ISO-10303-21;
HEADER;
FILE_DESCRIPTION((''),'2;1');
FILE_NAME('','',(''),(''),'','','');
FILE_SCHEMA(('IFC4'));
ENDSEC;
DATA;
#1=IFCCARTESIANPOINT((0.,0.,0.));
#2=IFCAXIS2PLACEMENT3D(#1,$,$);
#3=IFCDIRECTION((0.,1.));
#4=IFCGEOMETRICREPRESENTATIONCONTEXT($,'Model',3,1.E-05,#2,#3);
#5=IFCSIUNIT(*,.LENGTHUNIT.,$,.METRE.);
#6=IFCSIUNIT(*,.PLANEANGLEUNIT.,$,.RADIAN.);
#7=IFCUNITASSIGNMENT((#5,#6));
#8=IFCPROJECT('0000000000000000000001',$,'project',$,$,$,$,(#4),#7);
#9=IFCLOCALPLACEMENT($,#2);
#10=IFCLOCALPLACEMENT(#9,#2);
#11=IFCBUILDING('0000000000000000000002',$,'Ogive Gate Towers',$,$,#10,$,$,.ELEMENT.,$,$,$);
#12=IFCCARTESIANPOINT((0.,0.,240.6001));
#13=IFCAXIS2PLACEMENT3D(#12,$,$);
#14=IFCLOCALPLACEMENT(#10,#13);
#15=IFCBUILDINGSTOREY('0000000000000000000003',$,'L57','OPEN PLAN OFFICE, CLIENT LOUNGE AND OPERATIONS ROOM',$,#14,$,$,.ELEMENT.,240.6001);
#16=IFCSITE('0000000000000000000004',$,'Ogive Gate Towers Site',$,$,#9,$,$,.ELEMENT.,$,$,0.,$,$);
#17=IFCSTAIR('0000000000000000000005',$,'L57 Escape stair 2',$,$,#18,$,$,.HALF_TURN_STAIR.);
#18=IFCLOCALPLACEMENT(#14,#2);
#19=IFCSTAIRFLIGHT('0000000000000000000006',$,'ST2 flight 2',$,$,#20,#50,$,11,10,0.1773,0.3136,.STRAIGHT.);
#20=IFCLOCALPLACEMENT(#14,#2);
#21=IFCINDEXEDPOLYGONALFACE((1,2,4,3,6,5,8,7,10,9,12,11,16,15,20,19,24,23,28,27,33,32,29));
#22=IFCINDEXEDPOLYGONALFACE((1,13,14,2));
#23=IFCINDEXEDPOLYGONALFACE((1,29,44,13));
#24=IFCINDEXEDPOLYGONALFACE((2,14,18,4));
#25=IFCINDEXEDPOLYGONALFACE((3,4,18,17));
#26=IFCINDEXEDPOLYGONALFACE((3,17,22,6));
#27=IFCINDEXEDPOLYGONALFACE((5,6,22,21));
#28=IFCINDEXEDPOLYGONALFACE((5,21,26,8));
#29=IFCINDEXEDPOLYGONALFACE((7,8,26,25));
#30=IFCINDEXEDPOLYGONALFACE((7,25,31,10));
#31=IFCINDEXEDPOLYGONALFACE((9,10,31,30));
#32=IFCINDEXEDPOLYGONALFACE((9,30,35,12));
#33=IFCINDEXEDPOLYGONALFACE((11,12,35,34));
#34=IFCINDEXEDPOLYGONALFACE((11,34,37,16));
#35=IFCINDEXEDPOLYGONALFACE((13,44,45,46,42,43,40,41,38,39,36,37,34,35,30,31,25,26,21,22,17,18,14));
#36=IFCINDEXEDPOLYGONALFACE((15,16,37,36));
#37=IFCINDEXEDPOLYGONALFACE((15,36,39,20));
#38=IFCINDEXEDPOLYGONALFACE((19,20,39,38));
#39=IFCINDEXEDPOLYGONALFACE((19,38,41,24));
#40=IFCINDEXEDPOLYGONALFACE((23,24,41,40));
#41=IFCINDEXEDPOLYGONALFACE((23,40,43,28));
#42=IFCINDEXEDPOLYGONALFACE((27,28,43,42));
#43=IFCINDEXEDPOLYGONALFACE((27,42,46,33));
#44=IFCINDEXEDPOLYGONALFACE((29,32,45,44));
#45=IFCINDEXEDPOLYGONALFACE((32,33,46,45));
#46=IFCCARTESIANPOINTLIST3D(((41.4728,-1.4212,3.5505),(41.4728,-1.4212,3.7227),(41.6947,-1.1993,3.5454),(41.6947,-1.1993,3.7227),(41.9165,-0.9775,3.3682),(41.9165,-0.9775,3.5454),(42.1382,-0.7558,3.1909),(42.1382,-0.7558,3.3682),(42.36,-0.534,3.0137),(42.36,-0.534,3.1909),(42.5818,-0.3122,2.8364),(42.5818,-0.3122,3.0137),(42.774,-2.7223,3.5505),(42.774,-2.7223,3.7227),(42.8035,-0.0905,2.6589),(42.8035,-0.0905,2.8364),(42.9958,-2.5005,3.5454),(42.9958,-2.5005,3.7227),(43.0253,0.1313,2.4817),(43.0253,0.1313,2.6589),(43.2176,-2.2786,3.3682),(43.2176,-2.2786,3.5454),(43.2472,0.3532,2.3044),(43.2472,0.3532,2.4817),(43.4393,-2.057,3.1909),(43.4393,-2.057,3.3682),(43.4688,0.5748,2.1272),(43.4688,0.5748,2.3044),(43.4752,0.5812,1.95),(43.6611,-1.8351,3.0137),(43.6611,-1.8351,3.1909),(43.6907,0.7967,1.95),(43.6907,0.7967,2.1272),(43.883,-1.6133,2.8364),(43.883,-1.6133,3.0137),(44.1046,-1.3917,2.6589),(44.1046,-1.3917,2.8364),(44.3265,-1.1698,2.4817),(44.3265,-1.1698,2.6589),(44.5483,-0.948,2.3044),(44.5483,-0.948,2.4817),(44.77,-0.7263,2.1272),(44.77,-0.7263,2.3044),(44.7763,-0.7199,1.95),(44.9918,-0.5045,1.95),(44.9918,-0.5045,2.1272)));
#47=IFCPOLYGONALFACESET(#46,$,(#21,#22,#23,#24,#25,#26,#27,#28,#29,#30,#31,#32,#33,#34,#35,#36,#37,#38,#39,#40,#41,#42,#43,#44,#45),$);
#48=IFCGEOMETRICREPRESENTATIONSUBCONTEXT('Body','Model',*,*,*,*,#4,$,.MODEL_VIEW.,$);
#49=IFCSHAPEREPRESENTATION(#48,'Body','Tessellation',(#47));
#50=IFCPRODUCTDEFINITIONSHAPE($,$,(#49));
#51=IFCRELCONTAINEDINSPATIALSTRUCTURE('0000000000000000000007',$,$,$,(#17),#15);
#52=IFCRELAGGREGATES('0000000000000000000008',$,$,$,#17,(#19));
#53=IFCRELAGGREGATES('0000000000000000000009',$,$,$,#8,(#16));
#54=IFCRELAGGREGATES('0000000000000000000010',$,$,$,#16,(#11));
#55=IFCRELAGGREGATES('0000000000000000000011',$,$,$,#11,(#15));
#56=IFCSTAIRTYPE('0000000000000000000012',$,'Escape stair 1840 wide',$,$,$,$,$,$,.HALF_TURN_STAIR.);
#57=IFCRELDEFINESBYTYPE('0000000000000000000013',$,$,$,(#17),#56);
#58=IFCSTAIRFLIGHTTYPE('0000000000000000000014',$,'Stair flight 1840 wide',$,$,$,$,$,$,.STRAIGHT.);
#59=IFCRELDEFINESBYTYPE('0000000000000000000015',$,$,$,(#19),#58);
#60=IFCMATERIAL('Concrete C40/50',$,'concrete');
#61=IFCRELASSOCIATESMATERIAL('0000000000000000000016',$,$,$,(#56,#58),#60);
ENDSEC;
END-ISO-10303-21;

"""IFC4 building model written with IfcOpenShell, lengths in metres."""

from ifc_helpers import new_model, si_unit, direction, frame, origin, place, context, subcontext, project, spatial, polyline, outline, extrude, material, type_object, element, aggregate, save


model = new_model("IFC4")

# Units and contexts
model_context = context("Model", 3, precision=1e-05, world=origin(), true_north=direction((0.0, 1.0)))
body_context = subcontext(model_context, "Body", "Model", "MODEL_VIEW")
ifc_project = project(units=[si_unit("LENGTHUNIT", "METRE"), si_unit("PLANEANGLEUNIT", "RADIAN")], contexts=[model_context])

# Site, building, storey
site_placement = place(None, origin())
site = spatial("IfcSite", under=ifc_project, at=site_placement, Name="Ogive Gate Towers Site", CompositionType="ELEMENT", RefElevation=0.0)
building_placement = place(site_placement, origin())
building = spatial("IfcBuilding", under=site, at=building_placement, Name="Ogive Gate Towers", CompositionType="ELEMENT")
storey_placement = place(building_placement, frame((0.0, 0.0, 240.6001)))
storey = spatial("IfcBuildingStorey", under=building, at=storey_placement, Name="L57", Description="OPEN PLAN OFFICE, CLIENT LOUNGE AND OPERATIONS ROOM", CompositionType="ELEMENT", Elevation=240.6001)

# Shared definitions
ifc_material_1 = material(Name="Concrete C40/50", Category="concrete")

# Stair, stair flight
stair_type = type_object("IfcStairType", Name="Escape stair 1840 wide", PredefinedType="HALF_TURN_STAIR", material=ifc_material_1)
stair_placement = place(storey_placement, origin())
stair = element("IfcStair", 1, at=stair_placement, inside=storey, type_object=stair_type, Name="L57 Escape stair 2", PredefinedType="HALF_TURN_STAIR")
stair_flight_type = type_object("IfcStairFlightType", Name="Stair flight 1840 wide", PredefinedType="STRAIGHT", material=ifc_material_1)
stair_flight_placement = place(storey_placement, frame((44.3413, 0.146, 1.95), z_axis=(0.0, 0.0, 1.0), x_axis=(-0.707107, -0.707107, 0.0)))
stair_flight = element("IfcStairFlight", 2, at=stair_flight_placement, type_object=stair_flight_type, Name="ST2 flight 2", NumberOfRisers=11, NumberOfTreads=10, PredefinedType="STRAIGHT", RiserHeight=0.1773, TreadLength=0.3136, context=body_context, shape_type="SweptSolid", body=[
    extrude(outline(polyline([(0.0, 0.0), (0.0, 0.1772), (0.3137, 0.1772), (0.3137, 0.3545), (0.6272, 0.3545), (0.6272, 0.5317), (0.9409, 0.5317), (0.9409, 0.709), (1.2546, 0.709), (1.2546, 0.8865), (1.5681, 0.8865), (1.5681, 1.0637), (1.8818, 1.0637), (1.8818, 1.241), (2.1956, 1.241), (2.1956, 1.4182), (2.509, 1.4182), (2.509, 1.5955), (2.8228, 1.5955), (2.8228, 1.7727), (3.1365, 1.7727), (3.1365, 1.95), (3.1365, 1.6006), (0.3047, 0.0), (0.0, 0.0)])), frame((0.0, 0.9199, 0.0), z_axis=(0.0, -1.0, 0.0), x_axis=(1.0, 0.0, 0.0)), (0.0, 0.0, 1.0), 1.8401),
])
aggregate(stair, [stair_flight])

save(model, "model.ifc")
